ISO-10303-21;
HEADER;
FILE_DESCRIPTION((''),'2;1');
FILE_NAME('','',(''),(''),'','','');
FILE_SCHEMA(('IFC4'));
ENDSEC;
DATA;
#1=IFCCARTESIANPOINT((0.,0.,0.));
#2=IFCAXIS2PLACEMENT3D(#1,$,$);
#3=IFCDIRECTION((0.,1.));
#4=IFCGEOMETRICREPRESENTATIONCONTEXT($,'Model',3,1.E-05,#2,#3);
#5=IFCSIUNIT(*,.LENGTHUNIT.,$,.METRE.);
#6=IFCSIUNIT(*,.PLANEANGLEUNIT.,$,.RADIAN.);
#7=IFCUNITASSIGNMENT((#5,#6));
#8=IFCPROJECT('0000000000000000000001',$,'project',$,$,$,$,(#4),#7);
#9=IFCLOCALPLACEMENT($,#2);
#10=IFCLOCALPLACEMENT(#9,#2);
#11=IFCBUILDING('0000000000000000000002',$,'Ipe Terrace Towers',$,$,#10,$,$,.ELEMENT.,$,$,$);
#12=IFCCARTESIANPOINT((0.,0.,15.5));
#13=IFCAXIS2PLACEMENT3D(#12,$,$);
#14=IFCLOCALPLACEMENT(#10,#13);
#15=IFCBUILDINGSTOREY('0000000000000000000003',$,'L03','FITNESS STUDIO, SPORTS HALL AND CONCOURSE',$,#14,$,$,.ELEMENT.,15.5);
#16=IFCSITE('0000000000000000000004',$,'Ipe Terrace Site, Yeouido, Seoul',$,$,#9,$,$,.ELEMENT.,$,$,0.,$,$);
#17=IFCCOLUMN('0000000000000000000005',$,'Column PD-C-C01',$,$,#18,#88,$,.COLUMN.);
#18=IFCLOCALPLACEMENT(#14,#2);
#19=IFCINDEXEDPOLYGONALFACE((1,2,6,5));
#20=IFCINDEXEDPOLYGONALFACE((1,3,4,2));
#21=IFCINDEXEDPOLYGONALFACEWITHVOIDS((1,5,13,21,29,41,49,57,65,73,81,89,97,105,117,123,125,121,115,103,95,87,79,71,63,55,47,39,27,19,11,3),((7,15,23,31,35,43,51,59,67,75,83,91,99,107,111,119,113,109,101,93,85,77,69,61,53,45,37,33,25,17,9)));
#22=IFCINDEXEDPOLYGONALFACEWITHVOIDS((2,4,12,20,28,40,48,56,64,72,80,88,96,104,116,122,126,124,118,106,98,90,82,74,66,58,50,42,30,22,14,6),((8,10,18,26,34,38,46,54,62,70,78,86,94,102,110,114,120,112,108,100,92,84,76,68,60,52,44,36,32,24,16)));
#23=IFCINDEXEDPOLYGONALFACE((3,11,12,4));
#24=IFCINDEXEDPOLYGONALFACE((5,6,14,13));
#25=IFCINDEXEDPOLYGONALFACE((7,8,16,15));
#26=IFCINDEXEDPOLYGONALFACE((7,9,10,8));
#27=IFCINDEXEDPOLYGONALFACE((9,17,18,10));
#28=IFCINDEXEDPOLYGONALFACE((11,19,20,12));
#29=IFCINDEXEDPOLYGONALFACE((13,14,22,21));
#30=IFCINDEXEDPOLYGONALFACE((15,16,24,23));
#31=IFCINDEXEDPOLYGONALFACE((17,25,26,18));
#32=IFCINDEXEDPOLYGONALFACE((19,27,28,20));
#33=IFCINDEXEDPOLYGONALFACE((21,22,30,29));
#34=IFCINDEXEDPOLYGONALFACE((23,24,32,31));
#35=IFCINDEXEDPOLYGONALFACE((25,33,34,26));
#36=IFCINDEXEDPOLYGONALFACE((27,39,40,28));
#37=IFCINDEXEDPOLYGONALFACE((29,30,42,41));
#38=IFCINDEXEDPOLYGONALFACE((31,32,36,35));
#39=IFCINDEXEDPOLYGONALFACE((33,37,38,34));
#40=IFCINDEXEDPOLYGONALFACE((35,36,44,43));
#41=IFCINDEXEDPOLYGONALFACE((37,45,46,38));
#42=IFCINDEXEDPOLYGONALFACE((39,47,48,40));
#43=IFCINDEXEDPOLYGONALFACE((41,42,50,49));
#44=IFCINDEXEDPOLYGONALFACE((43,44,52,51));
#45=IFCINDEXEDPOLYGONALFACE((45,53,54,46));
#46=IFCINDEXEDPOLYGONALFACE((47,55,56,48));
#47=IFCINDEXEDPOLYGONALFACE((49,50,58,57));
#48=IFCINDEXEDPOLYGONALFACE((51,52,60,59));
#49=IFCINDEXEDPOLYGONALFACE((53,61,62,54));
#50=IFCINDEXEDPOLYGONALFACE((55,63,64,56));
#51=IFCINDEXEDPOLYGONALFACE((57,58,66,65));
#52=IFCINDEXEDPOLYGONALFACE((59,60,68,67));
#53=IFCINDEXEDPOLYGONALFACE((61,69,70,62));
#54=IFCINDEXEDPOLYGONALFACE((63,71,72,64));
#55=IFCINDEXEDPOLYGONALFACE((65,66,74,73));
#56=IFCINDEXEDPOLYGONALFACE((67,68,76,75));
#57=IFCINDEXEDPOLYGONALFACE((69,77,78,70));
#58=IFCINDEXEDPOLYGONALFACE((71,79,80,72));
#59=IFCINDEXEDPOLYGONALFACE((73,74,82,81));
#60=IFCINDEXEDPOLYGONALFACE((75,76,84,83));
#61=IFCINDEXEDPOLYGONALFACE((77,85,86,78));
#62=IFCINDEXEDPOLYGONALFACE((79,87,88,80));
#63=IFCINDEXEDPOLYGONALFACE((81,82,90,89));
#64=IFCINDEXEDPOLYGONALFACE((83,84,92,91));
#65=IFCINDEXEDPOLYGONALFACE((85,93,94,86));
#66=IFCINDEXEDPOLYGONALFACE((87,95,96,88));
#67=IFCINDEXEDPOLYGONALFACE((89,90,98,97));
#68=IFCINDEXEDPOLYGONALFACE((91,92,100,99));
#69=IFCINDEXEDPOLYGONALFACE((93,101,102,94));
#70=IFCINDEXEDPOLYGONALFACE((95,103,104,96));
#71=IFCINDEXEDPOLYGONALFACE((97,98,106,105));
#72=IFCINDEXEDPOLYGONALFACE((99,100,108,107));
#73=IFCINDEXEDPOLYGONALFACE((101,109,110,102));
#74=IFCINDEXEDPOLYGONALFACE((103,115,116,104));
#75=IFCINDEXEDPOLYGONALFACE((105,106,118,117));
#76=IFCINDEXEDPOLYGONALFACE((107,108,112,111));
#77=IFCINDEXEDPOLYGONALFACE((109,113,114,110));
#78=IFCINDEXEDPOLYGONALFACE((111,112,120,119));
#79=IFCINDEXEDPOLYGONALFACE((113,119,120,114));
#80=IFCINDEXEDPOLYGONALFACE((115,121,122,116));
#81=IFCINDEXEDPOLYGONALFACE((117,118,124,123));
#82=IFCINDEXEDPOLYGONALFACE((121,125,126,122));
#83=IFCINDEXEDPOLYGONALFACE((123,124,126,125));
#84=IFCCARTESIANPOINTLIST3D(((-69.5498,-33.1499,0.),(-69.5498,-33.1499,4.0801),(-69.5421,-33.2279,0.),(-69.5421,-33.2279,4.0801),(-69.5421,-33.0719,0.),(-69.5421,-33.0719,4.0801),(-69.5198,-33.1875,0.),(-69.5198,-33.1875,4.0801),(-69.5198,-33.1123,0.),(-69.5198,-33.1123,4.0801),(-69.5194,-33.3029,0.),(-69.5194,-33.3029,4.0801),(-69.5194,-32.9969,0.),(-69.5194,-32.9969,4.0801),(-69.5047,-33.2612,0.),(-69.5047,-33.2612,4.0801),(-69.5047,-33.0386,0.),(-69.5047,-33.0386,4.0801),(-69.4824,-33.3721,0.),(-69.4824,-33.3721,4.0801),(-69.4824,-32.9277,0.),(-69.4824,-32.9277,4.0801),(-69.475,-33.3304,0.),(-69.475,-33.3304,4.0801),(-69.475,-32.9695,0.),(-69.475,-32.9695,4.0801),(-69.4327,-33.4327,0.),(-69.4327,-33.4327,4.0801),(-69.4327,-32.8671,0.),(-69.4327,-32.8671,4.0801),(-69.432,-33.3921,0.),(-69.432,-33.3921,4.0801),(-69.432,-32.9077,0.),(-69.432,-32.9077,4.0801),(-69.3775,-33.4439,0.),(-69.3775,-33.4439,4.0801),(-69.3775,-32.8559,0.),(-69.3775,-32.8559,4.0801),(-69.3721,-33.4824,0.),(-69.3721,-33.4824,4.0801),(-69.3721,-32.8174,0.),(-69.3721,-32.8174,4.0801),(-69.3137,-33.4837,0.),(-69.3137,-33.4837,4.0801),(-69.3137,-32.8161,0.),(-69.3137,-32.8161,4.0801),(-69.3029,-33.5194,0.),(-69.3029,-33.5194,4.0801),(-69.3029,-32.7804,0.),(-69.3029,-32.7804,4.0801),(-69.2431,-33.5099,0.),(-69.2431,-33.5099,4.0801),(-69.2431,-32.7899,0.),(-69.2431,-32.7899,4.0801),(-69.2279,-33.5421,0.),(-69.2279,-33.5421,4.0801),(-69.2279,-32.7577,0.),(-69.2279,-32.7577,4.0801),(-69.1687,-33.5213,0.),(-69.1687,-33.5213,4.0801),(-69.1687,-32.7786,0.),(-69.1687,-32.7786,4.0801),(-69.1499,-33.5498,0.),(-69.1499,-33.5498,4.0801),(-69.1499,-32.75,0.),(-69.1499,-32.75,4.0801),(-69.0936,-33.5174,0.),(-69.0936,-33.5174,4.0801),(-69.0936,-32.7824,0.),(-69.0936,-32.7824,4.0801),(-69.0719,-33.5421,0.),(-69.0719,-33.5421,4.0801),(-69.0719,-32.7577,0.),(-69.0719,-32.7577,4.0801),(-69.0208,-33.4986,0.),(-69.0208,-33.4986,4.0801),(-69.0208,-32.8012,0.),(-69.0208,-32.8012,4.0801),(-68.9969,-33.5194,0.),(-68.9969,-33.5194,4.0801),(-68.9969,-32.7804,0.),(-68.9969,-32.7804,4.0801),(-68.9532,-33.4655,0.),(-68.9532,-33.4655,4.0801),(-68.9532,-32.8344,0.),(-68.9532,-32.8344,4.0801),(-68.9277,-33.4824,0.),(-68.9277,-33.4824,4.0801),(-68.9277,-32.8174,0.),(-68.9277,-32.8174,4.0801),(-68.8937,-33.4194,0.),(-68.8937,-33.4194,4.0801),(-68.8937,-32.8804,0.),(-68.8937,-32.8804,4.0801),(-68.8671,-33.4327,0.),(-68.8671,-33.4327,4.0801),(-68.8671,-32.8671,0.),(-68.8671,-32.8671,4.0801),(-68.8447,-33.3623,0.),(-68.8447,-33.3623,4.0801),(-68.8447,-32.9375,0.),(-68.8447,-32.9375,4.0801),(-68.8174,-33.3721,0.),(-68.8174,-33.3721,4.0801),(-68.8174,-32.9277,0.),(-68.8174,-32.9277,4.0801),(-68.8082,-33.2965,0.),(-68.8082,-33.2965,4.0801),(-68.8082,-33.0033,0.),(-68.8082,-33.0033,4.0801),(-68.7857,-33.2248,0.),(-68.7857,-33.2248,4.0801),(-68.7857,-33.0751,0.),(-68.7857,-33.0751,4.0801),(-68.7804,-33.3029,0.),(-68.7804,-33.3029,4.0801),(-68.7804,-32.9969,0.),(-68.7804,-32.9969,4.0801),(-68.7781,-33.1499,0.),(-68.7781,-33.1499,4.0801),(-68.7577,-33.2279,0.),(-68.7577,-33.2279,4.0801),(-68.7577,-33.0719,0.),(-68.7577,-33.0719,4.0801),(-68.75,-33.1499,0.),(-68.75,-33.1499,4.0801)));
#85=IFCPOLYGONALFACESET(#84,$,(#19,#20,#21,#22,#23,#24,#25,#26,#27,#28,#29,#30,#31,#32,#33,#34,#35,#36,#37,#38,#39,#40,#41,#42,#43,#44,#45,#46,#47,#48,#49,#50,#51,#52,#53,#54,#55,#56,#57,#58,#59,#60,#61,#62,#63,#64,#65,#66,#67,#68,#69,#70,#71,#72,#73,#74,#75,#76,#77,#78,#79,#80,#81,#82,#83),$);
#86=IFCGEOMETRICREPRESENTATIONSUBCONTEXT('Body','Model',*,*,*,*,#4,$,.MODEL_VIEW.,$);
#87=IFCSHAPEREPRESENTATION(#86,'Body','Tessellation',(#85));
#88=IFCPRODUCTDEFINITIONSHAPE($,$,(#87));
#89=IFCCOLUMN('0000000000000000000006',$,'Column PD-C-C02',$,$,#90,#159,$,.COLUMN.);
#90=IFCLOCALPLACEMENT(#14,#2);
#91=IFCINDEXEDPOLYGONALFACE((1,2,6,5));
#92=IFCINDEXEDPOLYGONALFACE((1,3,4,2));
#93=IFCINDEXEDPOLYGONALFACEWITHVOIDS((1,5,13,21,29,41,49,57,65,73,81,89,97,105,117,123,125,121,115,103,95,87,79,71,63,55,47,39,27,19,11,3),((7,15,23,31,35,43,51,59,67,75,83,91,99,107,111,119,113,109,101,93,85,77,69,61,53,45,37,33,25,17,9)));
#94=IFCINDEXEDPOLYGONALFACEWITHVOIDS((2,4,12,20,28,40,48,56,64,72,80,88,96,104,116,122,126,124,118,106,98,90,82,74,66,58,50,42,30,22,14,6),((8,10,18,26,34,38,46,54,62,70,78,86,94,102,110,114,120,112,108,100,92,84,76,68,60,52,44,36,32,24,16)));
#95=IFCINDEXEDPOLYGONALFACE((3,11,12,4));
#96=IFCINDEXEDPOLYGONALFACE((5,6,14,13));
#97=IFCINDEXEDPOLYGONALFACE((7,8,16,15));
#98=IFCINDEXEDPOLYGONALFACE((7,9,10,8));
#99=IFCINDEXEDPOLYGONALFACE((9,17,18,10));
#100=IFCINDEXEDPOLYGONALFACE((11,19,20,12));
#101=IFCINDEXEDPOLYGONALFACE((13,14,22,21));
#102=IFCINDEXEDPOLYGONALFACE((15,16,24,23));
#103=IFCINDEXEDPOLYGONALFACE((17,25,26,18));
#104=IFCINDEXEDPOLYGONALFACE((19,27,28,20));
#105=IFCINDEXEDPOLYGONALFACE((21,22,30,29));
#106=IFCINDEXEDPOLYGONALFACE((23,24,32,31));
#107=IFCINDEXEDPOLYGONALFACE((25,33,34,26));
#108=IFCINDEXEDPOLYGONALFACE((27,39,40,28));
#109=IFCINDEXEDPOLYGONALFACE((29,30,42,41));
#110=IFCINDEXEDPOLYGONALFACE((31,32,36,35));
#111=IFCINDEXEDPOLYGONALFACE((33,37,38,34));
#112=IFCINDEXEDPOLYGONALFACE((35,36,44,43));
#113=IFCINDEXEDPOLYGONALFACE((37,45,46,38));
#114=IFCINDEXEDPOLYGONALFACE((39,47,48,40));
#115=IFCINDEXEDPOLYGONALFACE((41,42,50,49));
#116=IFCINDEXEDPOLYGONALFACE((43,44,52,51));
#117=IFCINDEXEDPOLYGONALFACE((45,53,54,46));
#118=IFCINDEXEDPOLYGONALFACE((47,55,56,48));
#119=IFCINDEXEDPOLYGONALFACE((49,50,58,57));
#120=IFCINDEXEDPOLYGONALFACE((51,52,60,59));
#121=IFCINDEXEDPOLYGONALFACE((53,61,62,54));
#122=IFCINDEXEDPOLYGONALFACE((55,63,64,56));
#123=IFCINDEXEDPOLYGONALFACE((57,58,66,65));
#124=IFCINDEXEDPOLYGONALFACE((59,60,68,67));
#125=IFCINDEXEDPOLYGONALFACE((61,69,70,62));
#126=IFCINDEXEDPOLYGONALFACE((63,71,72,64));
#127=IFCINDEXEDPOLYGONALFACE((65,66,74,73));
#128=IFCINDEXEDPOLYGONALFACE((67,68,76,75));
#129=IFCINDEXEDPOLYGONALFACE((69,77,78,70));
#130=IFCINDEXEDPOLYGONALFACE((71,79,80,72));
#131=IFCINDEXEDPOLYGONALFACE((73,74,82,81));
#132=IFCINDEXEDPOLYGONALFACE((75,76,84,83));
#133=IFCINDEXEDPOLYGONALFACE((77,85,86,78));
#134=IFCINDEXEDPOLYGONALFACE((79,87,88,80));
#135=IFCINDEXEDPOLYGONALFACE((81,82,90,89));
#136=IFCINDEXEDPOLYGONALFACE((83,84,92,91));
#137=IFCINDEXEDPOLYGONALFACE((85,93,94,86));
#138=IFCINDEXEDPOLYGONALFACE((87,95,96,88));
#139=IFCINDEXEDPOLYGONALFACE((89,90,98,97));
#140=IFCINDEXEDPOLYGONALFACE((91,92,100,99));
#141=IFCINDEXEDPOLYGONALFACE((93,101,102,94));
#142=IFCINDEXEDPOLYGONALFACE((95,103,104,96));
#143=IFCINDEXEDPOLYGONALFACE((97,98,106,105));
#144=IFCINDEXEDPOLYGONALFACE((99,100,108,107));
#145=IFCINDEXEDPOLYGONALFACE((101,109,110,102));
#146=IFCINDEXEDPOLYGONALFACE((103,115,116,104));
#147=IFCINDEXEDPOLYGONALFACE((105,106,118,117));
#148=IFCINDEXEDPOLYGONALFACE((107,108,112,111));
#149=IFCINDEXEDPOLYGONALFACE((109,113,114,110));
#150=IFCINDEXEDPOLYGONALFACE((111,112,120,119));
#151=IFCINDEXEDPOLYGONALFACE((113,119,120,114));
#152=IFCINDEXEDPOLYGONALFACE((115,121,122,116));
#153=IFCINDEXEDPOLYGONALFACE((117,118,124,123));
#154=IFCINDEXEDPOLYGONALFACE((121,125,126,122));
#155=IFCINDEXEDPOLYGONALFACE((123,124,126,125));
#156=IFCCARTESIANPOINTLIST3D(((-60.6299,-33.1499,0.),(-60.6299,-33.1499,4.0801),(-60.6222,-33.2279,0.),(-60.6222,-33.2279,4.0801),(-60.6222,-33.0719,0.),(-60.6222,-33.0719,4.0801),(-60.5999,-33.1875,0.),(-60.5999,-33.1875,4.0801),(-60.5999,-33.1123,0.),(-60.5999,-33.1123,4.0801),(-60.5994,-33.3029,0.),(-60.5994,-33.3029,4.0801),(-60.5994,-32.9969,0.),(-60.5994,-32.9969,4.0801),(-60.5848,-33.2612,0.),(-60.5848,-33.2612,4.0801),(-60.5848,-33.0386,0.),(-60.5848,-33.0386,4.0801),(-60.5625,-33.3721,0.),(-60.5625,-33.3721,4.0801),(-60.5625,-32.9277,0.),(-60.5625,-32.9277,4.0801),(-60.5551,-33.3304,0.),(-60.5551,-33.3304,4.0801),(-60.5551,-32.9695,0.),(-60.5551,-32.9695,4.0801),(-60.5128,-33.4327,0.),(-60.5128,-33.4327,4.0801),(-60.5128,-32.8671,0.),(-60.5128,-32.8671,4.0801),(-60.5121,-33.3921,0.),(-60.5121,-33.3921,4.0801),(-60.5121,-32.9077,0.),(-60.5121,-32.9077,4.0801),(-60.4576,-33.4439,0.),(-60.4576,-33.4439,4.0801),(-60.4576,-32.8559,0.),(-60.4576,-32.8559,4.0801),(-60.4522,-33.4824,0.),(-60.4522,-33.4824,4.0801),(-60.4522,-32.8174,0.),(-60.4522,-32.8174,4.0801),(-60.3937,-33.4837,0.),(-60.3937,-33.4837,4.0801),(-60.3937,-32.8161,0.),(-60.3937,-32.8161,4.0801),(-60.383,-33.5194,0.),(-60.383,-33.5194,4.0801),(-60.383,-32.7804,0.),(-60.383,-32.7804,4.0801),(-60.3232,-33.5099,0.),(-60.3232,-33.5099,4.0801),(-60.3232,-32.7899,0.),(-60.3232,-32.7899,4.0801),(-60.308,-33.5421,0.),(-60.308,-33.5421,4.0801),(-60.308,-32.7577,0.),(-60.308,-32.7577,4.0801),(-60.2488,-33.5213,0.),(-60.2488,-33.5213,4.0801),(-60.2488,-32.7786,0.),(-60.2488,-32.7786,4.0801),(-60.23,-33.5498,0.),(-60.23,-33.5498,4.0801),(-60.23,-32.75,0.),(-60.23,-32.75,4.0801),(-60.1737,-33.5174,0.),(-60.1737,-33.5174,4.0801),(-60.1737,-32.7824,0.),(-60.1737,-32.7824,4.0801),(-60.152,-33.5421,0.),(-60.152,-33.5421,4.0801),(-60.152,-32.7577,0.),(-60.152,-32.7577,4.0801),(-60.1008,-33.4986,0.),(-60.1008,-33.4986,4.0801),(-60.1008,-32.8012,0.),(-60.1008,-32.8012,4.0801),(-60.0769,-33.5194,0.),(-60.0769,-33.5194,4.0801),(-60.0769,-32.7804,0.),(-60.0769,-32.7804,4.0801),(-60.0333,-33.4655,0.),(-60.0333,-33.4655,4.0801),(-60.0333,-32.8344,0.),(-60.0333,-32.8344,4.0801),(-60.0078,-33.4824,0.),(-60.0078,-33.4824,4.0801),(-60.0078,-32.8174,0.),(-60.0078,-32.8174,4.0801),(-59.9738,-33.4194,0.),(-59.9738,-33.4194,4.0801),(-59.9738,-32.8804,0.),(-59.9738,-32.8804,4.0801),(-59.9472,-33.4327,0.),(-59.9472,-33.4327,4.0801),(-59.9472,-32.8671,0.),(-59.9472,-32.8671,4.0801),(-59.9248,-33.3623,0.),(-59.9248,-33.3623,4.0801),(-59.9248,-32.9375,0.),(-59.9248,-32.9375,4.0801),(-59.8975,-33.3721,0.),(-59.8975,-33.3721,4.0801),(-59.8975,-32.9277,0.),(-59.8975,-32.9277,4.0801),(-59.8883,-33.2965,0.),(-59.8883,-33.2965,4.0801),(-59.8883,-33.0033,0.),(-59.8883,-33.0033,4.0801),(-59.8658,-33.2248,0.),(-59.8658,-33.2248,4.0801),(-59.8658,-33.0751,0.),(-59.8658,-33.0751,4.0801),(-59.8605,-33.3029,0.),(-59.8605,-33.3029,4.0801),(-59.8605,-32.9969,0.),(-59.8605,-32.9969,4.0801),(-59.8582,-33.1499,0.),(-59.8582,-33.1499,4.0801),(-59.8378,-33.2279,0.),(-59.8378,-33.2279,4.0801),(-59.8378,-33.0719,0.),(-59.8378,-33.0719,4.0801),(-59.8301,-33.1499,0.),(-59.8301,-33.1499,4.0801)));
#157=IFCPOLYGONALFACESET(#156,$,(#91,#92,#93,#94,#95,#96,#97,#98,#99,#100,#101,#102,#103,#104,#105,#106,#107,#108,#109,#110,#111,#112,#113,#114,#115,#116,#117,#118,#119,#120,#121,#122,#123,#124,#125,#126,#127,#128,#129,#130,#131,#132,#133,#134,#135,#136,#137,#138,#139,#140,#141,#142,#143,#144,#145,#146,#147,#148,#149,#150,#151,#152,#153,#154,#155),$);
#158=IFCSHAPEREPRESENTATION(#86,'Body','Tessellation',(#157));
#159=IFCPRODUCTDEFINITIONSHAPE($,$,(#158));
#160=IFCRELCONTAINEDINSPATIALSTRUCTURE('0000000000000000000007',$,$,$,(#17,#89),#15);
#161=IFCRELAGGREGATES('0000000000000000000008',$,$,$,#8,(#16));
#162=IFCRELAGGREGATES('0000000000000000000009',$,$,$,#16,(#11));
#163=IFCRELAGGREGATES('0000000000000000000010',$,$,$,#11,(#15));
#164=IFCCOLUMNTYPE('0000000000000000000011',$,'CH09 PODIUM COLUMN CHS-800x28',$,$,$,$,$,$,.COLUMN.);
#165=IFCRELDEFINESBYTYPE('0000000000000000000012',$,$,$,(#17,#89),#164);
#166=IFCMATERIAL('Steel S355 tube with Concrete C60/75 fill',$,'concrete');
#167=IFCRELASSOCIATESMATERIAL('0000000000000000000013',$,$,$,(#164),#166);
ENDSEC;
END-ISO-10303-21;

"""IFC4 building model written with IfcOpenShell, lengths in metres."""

from ifc_helpers import new_model, si_unit, direction, frame, origin, origin_2d, place, context, subcontext, project, spatial, hollow_circle, extrude, material, material_profile, profile_set, type_object, element, save


model = new_model("IFC4")

# Units and contexts
model_context = context("Model", 3, precision=1e-05, world=origin(), true_north=direction((0.0, 1.0)))
body_context = subcontext(model_context, "Body", "Model", "MODEL_VIEW")
ifc_project = project(units=[si_unit("LENGTHUNIT", "METRE"), si_unit("PLANEANGLEUNIT", "RADIAN")], contexts=[model_context])

# Site, building, storey
site_placement = place(None, origin())
site = spatial("IfcSite", under=ifc_project, at=site_placement, Name="Ipe Terrace Site, Yeouido, Seoul", CompositionType="ELEMENT", RefElevation=0.0)
building_placement = place(site_placement, origin())
building = spatial("IfcBuilding", under=site, at=building_placement, Name="Ipe Terrace Towers", CompositionType="ELEMENT")
storey_placement = place(building_placement, frame((0.0, 0.0, 15.5)))
storey = spatial("IfcBuildingStorey", under=building, at=storey_placement, Name="L03", Description="FITNESS STUDIO, SPORTS HALL AND CONCOURSE", CompositionType="ELEMENT", Elevation=15.5)

# Columns
ifc_material_1 = material(Name="Steel S355 tube with Concrete C60/75 fill", Category="concrete")
ifc_material_profile_1 = material_profile(ifc_material_1, hollow_circle(Radius=0.3999, WallThickness=0.0281, at=origin_2d()), Name="CHS-800x28")
ifc_profile_set_1 = profile_set([ifc_material_profile_1], Name="Steel S355 tube with Concrete C60/75 fill")
column_type = type_object("IfcColumnType", Name="CH09 PODIUM COLUMN CHS-800x28", PredefinedType="COLUMN", material=ifc_profile_set_1)
for number, where, z_axis, x_axis, name in (
    (1, (-69.1499, -33.1499, 0.0), (0.0, 0.0, 1.0), (1.0, 0.0, 0.0), "Column PD-C-C01"),
    (2, (-60.23, -33.1499, 0.0), (0.0, 0.0, 1.0), (1.0, 0.0, 0.0), "Column PD-C-C02"),
):
    element("IfcColumn", number, at=place(storey_placement, frame(where, z_axis=z_axis, x_axis=x_axis)), inside=storey, type_object=column_type, Name=name, PredefinedType="COLUMN", context=body_context, shape_type="SweptSolid", body=[
        extrude(hollow_circle(Radius=0.3999, WallThickness=0.0281, at=origin_2d()), origin(), (0.0, 0.0, 1.0), 4.0801),
    ])

save(model, "model.ifc")
